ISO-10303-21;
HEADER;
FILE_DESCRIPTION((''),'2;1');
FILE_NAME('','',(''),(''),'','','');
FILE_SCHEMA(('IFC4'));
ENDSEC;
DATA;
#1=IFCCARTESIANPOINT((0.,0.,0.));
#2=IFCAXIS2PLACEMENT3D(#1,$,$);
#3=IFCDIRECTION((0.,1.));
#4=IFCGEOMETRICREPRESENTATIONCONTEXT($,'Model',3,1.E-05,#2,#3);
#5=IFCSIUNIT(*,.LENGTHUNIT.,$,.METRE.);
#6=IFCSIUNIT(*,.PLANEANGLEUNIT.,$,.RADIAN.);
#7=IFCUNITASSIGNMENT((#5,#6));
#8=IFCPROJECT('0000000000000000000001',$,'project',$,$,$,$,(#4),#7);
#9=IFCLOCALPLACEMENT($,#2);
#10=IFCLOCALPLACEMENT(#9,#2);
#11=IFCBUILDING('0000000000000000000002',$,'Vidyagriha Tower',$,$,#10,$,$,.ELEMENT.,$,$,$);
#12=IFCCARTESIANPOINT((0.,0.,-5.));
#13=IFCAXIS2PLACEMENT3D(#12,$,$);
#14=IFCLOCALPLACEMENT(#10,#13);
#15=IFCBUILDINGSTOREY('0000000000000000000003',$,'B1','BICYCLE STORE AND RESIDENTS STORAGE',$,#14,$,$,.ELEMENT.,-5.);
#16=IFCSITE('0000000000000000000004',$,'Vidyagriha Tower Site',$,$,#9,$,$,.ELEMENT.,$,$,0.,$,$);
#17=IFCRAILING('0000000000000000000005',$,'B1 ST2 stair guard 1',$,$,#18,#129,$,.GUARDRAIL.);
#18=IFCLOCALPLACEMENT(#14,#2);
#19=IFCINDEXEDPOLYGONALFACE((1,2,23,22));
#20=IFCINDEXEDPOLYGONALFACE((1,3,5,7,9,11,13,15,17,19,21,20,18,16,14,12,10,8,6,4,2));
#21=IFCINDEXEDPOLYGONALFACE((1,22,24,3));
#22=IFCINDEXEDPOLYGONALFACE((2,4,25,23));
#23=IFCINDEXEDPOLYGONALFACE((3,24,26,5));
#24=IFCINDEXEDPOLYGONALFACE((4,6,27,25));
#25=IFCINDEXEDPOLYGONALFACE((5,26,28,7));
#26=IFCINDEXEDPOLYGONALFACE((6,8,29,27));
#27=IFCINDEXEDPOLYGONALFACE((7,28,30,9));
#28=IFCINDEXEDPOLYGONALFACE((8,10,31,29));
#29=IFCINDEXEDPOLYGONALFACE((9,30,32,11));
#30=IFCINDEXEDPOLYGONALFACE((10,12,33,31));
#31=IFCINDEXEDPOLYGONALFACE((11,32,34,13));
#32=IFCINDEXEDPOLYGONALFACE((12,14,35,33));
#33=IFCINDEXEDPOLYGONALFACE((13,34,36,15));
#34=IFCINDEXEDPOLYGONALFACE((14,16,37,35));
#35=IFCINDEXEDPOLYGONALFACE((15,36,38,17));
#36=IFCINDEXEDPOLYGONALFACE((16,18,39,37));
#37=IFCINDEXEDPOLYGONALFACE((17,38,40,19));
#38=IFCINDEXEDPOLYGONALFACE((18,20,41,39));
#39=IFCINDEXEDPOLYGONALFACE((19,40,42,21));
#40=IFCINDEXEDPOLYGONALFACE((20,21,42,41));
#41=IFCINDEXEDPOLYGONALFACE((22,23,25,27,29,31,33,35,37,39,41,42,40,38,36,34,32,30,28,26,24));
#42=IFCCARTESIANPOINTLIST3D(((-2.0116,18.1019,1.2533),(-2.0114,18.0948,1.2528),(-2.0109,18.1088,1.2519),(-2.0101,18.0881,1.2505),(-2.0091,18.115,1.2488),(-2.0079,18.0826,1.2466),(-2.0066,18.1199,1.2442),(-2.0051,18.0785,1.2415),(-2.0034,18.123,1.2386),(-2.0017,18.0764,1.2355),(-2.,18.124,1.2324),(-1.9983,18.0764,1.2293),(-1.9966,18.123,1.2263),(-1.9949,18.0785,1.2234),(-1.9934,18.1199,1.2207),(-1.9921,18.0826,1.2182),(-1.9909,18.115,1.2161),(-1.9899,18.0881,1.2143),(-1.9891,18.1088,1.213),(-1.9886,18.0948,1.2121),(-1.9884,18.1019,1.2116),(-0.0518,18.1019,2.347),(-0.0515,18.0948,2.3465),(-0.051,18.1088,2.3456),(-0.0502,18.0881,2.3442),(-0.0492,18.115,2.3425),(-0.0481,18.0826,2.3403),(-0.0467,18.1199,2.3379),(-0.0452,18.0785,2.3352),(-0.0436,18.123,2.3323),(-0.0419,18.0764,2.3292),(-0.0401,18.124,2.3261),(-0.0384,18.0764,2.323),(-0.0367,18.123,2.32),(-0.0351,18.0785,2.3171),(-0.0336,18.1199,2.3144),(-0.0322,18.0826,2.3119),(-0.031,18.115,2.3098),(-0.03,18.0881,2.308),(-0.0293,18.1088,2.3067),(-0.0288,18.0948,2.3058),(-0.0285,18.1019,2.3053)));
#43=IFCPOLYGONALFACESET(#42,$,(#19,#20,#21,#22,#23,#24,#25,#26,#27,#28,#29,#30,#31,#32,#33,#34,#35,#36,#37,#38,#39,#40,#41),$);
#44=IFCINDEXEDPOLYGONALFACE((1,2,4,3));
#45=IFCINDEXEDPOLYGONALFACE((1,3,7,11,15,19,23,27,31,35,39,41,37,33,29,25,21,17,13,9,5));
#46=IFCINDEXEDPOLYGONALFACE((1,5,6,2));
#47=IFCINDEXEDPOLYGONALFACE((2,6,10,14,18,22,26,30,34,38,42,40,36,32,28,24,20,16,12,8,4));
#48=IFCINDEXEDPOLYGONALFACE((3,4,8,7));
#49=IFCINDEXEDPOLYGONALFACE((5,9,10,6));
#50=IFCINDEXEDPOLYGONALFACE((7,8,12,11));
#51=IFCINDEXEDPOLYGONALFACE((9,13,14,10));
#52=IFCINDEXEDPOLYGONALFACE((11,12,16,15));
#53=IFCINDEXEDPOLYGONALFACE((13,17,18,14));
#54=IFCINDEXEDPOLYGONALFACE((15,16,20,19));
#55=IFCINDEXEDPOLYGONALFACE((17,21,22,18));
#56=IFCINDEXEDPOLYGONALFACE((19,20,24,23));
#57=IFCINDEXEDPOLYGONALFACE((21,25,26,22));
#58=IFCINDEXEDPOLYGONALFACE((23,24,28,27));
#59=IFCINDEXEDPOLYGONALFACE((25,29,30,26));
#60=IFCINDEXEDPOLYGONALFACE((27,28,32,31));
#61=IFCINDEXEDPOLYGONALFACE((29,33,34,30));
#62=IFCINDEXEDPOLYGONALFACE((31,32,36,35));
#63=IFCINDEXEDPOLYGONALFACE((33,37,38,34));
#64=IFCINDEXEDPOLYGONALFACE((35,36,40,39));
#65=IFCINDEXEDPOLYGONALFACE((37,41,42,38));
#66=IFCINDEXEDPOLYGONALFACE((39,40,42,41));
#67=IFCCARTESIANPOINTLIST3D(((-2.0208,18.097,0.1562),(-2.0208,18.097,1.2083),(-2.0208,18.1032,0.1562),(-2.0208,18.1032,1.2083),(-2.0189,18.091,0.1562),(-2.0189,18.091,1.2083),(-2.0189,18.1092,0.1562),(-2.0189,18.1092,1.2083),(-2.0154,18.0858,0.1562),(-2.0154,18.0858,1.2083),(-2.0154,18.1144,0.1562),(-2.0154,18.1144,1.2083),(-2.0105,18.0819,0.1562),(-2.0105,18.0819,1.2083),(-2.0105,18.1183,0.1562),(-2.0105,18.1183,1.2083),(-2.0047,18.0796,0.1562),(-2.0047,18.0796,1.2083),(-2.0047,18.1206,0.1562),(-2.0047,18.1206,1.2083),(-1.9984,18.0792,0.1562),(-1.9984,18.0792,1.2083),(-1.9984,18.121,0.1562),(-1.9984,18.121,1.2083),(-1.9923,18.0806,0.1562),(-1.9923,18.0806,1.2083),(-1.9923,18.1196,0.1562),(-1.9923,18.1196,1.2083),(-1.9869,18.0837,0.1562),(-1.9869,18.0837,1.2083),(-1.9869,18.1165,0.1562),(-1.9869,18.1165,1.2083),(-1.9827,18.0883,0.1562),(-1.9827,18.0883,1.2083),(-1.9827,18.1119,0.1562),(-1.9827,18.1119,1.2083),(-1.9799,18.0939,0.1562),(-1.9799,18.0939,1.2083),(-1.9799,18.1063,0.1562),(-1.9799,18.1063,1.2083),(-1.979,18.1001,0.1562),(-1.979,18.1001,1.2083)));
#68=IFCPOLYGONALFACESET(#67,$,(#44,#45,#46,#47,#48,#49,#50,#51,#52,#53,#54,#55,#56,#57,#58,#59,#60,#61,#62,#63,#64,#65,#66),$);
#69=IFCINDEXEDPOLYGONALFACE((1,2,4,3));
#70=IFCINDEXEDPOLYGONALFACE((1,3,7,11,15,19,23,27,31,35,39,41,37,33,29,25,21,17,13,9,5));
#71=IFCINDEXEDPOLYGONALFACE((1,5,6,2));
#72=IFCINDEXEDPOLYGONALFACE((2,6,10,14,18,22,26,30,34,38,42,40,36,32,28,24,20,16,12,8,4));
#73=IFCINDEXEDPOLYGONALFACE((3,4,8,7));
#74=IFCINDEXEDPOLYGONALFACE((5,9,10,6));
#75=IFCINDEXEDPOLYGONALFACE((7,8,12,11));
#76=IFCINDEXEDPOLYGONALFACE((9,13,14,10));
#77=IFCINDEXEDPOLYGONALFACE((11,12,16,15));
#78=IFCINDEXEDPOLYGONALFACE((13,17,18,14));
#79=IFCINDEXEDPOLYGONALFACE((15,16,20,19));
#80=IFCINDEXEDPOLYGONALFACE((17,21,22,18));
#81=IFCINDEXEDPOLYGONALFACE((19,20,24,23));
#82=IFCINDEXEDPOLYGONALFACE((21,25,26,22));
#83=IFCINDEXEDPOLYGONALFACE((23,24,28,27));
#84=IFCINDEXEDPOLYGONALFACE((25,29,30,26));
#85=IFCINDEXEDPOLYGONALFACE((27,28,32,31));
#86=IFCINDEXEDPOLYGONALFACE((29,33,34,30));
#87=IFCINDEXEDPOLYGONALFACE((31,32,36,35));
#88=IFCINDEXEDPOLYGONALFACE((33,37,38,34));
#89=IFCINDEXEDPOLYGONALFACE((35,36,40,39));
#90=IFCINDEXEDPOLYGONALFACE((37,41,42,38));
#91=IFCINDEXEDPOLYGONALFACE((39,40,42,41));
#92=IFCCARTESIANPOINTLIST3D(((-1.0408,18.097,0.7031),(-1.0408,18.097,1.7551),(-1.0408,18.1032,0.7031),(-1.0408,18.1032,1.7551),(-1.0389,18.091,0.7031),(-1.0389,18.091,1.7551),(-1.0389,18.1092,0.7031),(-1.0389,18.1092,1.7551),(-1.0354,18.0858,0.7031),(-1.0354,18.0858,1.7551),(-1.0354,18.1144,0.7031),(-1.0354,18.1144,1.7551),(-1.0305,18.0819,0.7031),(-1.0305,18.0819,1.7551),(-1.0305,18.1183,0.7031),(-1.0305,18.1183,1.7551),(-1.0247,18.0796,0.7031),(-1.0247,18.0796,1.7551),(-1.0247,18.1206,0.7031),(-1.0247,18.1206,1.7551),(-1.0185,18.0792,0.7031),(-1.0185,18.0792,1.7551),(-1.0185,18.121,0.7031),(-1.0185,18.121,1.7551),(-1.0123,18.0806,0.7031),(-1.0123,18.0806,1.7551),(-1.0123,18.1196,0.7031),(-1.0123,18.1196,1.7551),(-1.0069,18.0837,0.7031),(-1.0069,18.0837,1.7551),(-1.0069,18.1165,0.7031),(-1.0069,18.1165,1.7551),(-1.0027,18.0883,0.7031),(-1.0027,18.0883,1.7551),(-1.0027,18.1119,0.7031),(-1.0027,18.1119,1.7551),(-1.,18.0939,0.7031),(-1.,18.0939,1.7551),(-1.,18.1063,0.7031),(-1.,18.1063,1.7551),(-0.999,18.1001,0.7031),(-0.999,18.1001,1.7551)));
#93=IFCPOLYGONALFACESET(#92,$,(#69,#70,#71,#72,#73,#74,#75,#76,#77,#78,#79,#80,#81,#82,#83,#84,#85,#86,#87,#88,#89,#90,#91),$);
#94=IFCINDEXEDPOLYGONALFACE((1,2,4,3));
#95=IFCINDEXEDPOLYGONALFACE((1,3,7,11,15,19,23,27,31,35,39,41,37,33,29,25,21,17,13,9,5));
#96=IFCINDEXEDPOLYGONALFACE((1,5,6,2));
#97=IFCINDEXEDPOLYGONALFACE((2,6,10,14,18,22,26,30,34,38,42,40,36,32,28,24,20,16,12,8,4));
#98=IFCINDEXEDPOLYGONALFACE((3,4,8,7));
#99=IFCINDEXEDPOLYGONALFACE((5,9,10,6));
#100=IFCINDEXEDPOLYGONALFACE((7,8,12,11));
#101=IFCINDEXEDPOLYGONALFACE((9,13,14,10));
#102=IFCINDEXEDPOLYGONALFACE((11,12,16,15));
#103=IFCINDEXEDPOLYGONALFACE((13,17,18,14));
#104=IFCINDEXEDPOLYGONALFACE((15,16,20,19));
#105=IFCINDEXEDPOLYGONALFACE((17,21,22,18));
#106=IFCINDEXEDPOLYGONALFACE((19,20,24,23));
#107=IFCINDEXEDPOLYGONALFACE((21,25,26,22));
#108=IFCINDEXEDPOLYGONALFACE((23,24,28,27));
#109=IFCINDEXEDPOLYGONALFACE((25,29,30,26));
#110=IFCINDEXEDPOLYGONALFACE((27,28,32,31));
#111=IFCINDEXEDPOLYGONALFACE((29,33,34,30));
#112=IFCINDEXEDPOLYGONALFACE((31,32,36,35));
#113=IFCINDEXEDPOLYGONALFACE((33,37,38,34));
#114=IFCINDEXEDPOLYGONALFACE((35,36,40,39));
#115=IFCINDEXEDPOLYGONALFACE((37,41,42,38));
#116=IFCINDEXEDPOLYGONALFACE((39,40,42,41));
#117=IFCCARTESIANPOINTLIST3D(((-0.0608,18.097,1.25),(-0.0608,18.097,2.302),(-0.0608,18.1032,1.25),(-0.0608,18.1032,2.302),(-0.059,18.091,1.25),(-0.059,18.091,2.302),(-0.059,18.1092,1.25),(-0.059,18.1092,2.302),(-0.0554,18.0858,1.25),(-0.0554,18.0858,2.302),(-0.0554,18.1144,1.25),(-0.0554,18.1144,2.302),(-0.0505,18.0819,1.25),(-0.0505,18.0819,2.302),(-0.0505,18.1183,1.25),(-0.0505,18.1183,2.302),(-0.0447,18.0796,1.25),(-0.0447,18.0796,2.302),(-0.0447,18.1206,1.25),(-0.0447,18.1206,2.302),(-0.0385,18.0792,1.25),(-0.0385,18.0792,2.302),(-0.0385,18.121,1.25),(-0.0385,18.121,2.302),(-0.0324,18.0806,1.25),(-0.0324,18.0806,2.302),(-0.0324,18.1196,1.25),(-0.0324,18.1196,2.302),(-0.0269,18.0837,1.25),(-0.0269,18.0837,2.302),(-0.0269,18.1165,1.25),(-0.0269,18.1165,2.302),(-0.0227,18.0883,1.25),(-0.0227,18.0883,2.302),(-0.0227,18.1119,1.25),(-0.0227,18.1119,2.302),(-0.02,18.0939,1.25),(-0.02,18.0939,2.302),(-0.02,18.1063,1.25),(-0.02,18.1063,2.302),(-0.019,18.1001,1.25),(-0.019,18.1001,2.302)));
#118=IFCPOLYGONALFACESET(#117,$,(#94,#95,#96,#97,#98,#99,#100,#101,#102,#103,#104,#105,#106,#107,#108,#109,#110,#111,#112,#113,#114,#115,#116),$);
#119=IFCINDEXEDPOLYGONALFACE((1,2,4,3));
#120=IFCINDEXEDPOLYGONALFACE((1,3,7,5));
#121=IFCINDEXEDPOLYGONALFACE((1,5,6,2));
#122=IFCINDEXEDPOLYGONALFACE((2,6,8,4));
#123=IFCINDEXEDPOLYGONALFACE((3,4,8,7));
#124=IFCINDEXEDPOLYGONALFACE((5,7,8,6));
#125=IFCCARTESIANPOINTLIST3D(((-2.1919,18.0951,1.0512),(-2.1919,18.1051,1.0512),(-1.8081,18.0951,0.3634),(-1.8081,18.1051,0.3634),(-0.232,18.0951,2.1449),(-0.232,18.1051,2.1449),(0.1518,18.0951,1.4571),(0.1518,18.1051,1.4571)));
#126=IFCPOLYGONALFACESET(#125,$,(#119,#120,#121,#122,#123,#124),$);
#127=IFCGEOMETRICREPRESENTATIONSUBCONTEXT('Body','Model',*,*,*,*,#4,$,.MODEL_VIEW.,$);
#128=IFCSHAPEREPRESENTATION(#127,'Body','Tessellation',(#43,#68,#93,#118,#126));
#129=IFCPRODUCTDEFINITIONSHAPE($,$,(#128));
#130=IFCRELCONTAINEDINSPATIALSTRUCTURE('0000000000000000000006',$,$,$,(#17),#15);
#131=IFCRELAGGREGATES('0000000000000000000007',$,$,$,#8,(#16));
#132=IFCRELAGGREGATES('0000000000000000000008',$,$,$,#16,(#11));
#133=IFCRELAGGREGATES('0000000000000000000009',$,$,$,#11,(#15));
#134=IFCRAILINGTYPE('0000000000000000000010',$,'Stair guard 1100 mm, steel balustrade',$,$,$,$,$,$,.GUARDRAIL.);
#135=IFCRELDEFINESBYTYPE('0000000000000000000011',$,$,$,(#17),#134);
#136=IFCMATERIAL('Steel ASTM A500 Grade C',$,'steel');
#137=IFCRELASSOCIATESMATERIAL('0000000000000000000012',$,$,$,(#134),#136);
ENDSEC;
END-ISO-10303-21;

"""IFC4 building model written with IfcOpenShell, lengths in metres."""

from ifc_helpers import new_model, si_unit, direction, frame, origin, origin_2d, place, context, subcontext, project, spatial, rectangle, circle, extrude, material, type_object, element, save


model = new_model("IFC4")

# Units and contexts
model_context = context("Model", 3, precision=1e-05, world=origin(), true_north=direction((0.0, 1.0)))
body_context = subcontext(model_context, "Body", "Model", "MODEL_VIEW")
ifc_project = project(units=[si_unit("LENGTHUNIT", "METRE"), si_unit("PLANEANGLEUNIT", "RADIAN")], contexts=[model_context])

# Site, building, storey
site_placement = place(None, origin())
site = spatial("IfcSite", under=ifc_project, at=site_placement, Name="Vidyagriha Tower Site", CompositionType="ELEMENT", RefElevation=0.0)
building_placement = place(site_placement, origin())
building = spatial("IfcBuilding", under=site, at=building_placement, Name="Vidyagriha Tower", CompositionType="ELEMENT")
storey_placement = place(building_placement, frame((0.0, 0.0, -5.0)))
storey = spatial("IfcBuildingStorey", under=building, at=storey_placement, Name="B1", Description="BICYCLE STORE AND RESIDENTS STORAGE", CompositionType="ELEMENT", Elevation=-5.0)

# Railing
ifc_material_1 = material(Name="Steel ASTM A500 Grade C", Category="steel")
railing_type_1 = type_object("IfcRailingType", Name="Stair guard 1100 mm, steel balustrade", PredefinedType="GUARDRAIL", material=ifc_material_1)
railing_1_placement = place(storey_placement, frame((-2.0, 18.1001, 0.1562)))
element("IfcRailing", 1, at=railing_1_placement, inside=storey, type_object=railing_type_1, Name="B1 ST2 stair guard 1", PredefinedType="GUARDRAIL", context=body_context, shape_type="SweptSolid", body=[
    extrude(circle(Radius=0.0239, at=origin_2d()), frame((0.0, 0.0, 1.0762), z_axis=(0.873232, 0.0, 0.487304), x_axis=(0.0, 1.0, 0.0)), (0.0, 0.0, 1.0), 2.2444),
    extrude(circle(Radius=0.021, at=origin_2d()), origin(), (0.0, 0.0, 1.0), 1.052),
    extrude(circle(Radius=0.021, at=origin_2d()), frame((0.98, 0.0, 0.5469)), (0.0, 0.0, 1.0), 1.052),
    extrude(circle(Radius=0.021, at=origin_2d()), frame((1.96, 0.0, 1.0938)), (0.0, 0.0, 1.0), 1.052),
    extrude(rectangle(XDim=0.01, YDim=0.7876, at=origin_2d()), frame((0.0, 0.0, 0.551), z_axis=(0.873232, 0.0, 0.487304), x_axis=(0.0, 1.0, 0.0)), (0.0, 0.0, 1.0), 2.2444),
])

save(model, "model.ifc")
